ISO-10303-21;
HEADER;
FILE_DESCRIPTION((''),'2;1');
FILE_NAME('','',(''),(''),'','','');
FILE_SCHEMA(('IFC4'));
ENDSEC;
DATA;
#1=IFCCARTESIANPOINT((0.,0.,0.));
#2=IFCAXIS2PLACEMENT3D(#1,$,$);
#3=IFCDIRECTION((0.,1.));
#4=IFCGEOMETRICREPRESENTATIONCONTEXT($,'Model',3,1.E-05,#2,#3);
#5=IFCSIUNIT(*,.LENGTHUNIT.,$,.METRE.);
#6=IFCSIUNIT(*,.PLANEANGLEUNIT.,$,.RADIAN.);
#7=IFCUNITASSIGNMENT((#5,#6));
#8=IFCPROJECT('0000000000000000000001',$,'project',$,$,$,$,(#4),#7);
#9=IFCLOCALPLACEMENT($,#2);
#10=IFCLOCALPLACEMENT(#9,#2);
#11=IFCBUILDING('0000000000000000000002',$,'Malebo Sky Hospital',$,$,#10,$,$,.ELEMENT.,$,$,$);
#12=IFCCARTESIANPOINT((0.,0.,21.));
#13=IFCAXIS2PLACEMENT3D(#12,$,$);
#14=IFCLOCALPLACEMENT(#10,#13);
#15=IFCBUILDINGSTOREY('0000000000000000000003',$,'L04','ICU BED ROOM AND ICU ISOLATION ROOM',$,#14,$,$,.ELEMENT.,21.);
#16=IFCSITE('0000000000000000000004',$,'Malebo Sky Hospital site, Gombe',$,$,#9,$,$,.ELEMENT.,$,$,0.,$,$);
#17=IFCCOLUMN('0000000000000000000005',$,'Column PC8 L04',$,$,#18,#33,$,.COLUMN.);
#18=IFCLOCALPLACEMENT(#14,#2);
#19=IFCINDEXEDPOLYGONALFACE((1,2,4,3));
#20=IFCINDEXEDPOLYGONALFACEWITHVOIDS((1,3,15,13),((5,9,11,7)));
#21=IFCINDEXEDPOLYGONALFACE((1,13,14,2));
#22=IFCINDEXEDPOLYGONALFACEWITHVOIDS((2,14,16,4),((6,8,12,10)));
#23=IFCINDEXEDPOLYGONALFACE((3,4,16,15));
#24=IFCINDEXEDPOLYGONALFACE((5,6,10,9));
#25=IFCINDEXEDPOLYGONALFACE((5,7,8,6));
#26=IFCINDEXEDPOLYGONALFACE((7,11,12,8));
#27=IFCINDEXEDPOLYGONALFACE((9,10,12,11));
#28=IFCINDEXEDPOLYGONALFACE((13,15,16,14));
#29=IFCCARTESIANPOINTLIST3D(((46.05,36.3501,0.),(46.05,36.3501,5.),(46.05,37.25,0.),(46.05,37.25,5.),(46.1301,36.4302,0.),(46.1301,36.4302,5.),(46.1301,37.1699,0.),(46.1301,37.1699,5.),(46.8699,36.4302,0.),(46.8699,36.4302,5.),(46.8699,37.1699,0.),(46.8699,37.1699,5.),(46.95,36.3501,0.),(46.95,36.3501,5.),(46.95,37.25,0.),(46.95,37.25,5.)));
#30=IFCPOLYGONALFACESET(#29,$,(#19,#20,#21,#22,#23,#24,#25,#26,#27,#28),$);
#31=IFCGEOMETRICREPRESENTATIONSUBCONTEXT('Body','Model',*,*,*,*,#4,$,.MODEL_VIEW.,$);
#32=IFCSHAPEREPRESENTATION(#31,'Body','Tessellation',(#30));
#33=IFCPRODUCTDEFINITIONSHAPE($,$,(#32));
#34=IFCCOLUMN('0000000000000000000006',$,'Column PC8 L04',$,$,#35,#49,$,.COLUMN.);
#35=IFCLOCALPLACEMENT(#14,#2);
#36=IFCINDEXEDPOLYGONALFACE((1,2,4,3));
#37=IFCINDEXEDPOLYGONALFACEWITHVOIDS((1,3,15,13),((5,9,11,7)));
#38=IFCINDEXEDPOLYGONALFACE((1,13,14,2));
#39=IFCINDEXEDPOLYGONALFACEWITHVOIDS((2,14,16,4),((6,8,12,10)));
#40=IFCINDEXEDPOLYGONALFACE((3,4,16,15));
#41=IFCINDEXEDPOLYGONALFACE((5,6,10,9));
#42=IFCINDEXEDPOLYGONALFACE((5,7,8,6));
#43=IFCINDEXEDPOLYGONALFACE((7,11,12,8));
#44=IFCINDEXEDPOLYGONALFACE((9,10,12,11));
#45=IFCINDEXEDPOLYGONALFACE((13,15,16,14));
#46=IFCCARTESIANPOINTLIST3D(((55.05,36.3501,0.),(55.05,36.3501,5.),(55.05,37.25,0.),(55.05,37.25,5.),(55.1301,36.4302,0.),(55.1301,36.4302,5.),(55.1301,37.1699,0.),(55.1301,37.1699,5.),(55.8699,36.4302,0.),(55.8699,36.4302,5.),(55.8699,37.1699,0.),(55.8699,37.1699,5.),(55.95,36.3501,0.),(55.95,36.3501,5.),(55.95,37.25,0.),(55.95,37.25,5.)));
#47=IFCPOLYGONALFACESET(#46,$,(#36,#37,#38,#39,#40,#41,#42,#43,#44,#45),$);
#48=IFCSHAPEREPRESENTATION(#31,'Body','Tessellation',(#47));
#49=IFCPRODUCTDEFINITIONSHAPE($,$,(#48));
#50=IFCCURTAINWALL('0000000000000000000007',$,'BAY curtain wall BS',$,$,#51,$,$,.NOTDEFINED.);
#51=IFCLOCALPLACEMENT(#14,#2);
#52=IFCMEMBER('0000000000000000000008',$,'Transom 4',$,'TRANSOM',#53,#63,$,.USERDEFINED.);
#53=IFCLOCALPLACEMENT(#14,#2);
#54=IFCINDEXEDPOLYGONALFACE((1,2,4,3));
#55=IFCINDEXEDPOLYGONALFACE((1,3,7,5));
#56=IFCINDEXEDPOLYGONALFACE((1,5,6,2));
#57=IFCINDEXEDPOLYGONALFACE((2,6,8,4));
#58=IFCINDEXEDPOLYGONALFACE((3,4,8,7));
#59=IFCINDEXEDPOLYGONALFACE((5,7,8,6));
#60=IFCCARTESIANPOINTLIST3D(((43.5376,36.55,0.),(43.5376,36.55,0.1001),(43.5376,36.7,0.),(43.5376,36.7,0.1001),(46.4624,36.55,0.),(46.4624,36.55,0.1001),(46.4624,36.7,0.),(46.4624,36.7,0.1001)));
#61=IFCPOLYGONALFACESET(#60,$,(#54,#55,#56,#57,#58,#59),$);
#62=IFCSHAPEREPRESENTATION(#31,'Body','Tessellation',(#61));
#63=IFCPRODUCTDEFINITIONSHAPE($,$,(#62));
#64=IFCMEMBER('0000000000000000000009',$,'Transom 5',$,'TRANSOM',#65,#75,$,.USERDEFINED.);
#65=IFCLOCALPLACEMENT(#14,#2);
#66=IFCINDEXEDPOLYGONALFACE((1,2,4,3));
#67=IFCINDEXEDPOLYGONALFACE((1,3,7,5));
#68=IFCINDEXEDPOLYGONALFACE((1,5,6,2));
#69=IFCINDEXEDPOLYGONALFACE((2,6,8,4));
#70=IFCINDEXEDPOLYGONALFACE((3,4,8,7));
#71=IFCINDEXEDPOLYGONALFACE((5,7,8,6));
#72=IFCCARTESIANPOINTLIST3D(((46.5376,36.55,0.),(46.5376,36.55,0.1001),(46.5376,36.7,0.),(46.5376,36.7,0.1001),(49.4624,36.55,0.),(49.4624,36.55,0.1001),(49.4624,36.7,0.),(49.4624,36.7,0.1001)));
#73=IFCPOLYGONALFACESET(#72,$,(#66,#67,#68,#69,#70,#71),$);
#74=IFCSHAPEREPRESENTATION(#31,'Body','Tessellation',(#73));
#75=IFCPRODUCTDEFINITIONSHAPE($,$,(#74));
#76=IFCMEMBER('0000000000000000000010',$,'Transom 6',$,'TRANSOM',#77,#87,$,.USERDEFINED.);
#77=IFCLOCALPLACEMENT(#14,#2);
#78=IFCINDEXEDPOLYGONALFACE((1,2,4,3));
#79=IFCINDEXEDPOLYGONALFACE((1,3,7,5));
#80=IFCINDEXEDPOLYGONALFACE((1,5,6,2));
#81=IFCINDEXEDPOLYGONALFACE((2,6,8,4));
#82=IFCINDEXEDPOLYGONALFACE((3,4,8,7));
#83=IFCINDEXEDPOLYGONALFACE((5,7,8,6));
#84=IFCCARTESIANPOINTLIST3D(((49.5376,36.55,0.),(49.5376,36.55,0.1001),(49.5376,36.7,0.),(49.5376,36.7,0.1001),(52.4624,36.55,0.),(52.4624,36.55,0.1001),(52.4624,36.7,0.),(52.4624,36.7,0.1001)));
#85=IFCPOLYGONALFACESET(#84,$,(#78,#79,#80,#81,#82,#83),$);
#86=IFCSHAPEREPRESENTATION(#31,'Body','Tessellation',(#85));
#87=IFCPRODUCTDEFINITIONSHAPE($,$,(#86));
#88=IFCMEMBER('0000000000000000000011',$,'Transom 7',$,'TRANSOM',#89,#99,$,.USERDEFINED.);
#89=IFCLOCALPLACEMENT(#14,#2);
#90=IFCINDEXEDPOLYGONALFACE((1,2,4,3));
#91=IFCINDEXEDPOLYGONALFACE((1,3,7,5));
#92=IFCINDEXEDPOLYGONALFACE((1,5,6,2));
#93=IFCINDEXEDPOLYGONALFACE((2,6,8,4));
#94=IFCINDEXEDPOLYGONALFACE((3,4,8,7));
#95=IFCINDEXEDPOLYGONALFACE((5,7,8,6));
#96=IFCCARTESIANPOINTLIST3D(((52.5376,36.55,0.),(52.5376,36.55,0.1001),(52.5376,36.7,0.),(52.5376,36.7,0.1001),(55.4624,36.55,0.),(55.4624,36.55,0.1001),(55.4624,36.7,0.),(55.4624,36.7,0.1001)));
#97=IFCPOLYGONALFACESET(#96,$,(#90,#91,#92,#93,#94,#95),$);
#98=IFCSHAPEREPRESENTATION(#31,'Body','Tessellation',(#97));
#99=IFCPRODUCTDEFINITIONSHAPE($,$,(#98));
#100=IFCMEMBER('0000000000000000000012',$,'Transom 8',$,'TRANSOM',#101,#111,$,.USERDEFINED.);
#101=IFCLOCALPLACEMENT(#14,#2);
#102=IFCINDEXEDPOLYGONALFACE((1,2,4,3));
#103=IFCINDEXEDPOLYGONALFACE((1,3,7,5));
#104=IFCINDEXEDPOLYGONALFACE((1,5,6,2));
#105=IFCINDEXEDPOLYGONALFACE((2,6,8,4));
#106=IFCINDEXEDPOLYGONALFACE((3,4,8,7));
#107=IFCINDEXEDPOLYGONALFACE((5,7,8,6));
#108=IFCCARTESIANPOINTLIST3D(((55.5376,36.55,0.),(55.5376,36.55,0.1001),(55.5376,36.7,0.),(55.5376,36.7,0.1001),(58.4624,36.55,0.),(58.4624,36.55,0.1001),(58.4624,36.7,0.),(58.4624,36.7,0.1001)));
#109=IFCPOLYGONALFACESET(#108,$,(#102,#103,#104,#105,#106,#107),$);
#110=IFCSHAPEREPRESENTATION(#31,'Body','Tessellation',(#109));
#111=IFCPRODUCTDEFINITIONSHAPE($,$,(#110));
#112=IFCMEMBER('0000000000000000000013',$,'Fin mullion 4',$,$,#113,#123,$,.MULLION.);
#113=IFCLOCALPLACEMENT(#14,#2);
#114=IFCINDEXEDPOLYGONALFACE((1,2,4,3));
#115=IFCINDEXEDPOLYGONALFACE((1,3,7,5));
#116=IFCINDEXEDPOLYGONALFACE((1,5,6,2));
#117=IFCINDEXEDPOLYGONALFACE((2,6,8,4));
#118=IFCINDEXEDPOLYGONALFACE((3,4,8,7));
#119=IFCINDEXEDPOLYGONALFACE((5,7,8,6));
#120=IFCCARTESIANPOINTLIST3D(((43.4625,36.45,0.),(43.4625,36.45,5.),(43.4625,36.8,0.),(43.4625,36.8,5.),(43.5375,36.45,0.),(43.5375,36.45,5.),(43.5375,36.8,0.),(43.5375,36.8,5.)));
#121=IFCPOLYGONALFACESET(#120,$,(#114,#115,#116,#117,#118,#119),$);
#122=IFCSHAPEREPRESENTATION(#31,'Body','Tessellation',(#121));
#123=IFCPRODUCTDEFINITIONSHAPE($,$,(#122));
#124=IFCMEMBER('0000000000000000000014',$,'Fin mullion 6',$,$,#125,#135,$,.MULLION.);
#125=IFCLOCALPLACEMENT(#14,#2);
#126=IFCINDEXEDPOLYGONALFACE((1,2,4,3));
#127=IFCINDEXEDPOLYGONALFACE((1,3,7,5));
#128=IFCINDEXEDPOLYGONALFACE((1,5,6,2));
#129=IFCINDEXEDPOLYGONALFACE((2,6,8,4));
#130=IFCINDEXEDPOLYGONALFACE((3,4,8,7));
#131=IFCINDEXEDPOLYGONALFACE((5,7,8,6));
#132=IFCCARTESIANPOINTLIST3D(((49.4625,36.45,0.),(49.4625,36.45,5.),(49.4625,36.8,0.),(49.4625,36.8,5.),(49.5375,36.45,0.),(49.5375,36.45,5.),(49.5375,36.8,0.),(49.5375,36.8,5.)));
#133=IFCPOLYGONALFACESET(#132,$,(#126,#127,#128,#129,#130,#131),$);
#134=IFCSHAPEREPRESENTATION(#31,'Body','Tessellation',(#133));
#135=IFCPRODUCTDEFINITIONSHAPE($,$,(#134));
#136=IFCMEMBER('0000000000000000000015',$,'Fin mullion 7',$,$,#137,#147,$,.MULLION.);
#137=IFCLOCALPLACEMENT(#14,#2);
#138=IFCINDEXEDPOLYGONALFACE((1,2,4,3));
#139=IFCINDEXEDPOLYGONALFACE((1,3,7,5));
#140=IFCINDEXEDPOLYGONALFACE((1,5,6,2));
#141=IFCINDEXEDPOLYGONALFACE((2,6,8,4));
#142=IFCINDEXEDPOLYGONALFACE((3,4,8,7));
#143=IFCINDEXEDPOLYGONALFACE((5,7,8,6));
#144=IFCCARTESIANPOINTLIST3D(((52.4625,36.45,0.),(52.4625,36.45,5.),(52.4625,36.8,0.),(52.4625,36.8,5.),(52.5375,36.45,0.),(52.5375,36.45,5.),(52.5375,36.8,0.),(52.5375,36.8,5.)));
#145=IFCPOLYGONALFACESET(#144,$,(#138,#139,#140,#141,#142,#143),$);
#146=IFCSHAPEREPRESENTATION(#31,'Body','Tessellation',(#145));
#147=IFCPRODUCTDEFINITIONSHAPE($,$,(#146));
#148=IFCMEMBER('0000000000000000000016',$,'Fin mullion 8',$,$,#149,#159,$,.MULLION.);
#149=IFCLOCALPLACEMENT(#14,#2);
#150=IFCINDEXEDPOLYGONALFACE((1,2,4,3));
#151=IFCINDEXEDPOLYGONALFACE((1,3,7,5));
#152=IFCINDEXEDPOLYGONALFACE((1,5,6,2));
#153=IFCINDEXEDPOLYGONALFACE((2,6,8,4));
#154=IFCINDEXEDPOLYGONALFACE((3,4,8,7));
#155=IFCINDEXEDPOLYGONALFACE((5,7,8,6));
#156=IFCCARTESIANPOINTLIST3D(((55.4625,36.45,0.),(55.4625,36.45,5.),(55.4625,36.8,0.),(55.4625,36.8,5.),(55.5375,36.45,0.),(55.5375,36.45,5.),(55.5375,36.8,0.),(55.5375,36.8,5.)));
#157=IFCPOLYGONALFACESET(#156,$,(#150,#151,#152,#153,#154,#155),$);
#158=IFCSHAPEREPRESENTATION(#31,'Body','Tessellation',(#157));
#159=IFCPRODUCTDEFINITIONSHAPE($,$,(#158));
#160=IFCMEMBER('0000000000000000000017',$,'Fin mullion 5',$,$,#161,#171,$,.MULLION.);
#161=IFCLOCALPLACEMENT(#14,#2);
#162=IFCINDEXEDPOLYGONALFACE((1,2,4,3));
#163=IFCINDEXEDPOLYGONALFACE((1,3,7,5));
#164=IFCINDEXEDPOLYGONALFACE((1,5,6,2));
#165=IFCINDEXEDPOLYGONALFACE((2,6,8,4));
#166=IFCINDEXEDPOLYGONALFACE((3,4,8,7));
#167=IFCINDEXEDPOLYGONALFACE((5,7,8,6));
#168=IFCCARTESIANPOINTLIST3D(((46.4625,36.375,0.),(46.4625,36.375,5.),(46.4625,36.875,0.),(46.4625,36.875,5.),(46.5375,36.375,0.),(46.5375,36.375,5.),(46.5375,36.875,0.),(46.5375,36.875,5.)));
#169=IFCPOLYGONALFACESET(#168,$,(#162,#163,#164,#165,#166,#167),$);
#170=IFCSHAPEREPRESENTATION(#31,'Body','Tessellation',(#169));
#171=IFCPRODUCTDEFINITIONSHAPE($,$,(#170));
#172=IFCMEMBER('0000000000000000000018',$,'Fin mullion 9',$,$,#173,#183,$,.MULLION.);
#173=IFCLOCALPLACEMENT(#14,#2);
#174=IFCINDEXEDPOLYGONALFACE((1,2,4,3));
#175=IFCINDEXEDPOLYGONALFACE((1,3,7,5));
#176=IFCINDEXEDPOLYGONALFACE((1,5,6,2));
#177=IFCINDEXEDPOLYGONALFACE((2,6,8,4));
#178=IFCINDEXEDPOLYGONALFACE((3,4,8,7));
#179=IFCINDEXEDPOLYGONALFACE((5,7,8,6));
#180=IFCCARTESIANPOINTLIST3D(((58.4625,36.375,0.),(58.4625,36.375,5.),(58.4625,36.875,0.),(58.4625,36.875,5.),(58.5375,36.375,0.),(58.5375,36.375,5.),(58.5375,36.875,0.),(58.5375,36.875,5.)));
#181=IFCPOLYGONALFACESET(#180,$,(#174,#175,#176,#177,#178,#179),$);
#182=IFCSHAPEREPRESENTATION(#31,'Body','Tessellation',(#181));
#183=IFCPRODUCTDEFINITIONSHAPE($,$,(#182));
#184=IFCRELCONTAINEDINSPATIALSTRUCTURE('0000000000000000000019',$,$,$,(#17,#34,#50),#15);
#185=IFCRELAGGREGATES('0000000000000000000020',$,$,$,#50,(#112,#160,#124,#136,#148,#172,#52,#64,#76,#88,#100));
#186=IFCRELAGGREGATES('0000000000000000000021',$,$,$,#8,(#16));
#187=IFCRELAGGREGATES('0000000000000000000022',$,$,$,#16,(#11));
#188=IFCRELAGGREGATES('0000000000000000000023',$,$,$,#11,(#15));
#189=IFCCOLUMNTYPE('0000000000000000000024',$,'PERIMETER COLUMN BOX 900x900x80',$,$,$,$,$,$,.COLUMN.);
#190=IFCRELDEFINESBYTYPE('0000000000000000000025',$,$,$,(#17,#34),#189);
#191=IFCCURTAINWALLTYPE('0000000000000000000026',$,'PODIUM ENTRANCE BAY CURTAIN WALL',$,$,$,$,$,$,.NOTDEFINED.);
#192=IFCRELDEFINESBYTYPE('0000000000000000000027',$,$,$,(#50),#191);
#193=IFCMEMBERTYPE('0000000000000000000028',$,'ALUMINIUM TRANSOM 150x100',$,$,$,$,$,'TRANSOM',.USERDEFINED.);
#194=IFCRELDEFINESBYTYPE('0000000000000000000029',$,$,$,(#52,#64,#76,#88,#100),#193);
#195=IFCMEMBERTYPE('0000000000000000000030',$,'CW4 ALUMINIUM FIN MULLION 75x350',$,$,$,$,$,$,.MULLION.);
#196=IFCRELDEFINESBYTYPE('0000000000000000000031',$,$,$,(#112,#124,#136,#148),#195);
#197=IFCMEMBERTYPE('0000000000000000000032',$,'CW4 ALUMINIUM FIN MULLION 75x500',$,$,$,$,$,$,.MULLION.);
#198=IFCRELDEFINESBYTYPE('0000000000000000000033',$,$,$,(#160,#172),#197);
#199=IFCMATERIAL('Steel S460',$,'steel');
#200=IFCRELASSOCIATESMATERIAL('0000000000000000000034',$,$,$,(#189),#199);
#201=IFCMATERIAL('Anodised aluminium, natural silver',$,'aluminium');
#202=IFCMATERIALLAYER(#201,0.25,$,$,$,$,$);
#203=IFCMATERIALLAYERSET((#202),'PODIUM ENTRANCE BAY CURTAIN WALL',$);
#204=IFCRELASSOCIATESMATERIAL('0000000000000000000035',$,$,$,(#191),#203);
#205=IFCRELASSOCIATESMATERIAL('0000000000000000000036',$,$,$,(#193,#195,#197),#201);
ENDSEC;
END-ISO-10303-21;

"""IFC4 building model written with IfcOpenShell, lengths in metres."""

from ifc_helpers import new_model, si_unit, direction, frame, origin, origin_2d, place, context, subcontext, project, spatial, rectangle, hollow_rectangle, extrude, material, layer, layer_set, material_profile, profile_set, type_object, element, aggregate, save


model = new_model("IFC4")

# Units and contexts
model_context = context("Model", 3, precision=1e-05, world=origin(), true_north=direction((0.0, 1.0)))
body_context = subcontext(model_context, "Body", "Model", "MODEL_VIEW")
ifc_project = project(units=[si_unit("LENGTHUNIT", "METRE"), si_unit("PLANEANGLEUNIT", "RADIAN")], contexts=[model_context])

# Site, building, storey
site_placement = place(None, origin())
site = spatial("IfcSite", under=ifc_project, at=site_placement, Name="Malebo Sky Hospital site, Gombe", CompositionType="ELEMENT", RefElevation=0.0)
building_placement = place(site_placement, origin())
building = spatial("IfcBuilding", under=site, at=building_placement, Name="Malebo Sky Hospital", CompositionType="ELEMENT")
storey_placement = place(building_placement, frame((0.0, 0.0, 21.0)))
storey = spatial("IfcBuildingStorey", under=building, at=storey_placement, Name="L04", Description="ICU BED ROOM AND ICU ISOLATION ROOM", CompositionType="ELEMENT", Elevation=21.0)

# Columns
ifc_material_1 = material(Name="Steel S460", Category="steel")
ifc_material_profile_1 = material_profile(ifc_material_1, hollow_rectangle(XDim=0.8999, YDim=0.8999, WallThickness=0.0801, at=origin_2d()), Name="BOX 900x900x80")
ifc_profile_set_1 = profile_set([ifc_material_profile_1], Name="Steel S460")
column_type = type_object("IfcColumnType", Name="PERIMETER COLUMN BOX 900x900x80", PredefinedType="COLUMN", material=ifc_profile_set_1)
for number, where, z_axis, x_axis, name in (
    (1, (46.5, 36.8, 0.0), (0.0, 0.0, 1.0), (1.0, 0.0, 0.0), "Column PC8 L04"),
    (2, (55.5, 36.8, 0.0), (0.0, 0.0, 1.0), (1.0, 0.0, 0.0), "Column PC8 L04"),
):
    element("IfcColumn", number, at=place(storey_placement, frame(where, z_axis=z_axis, x_axis=x_axis)), inside=storey, type_object=column_type, Name=name, PredefinedType="COLUMN", context=body_context, shape_type="SweptSolid", body=[
        extrude(hollow_rectangle(XDim=0.8999, YDim=0.8999, WallThickness=0.0801, at=origin_2d()), origin(), (0.0, 0.0, 1.0), 5.0),
    ])

# Curtain wall, members
ifc_material_2 = material(Name="Anodised aluminium, natural silver", Category="aluminium")
ifc_layer_1 = layer(ifc_material_2, 0.25)
ifc_layer_set_1 = layer_set([ifc_layer_1], Name="PODIUM ENTRANCE BAY CURTAIN WALL")
curtain_wall_type = type_object("IfcCurtainWallType", Name="PODIUM ENTRANCE BAY CURTAIN WALL", PredefinedType="NOTDEFINED", material=ifc_layer_set_1)
curtain_wall_placement = place(storey_placement, origin())
curtain_wall = element("IfcCurtainWall", 3, at=curtain_wall_placement, inside=storey, type_object=curtain_wall_type, Name="BAY curtain wall BS", PredefinedType="NOTDEFINED")
ifc_material_profile_2 = material_profile(ifc_material_2, rectangle(XDim=0.1499, YDim=0.1001, at=origin_2d()), Name="ALUMINIUM TRANSOM 150x100")
ifc_profile_set_2 = profile_set([ifc_material_profile_2], Name="Anodised aluminium, natural silver")
member_type_1 = type_object("IfcMemberType", Name="ALUMINIUM TRANSOM 150x100", ElementType="TRANSOM", PredefinedType="USERDEFINED", material=ifc_profile_set_2)
member_1_placement = place(storey_placement, frame((43.5376, 36.625, 0.05), z_axis=(1.0, 0.0, 0.0), x_axis=(0.0, 1.0, 0.0)))
member_1 = element("IfcMember", 4, at=member_1_placement, type_object=member_type_1, Name="Transom 4", ObjectType="TRANSOM", PredefinedType="USERDEFINED", context=body_context, shape_type="SweptSolid", body=[
    extrude(rectangle(XDim=0.1499, YDim=0.1001, at=origin_2d()), origin(), (0.0, 0.0, 1.0), 2.9248),
])
member_2_placement = place(storey_placement, frame((46.5376, 36.625, 0.05), z_axis=(1.0, 0.0, 0.0), x_axis=(0.0, 1.0, 0.0)))
member_2 = element("IfcMember", 5, at=member_2_placement, type_object=member_type_1, Name="Transom 5", ObjectType="TRANSOM", PredefinedType="USERDEFINED", context=body_context, shape_type="SweptSolid", body=[
    extrude(rectangle(XDim=0.1499, YDim=0.1001, at=origin_2d()), origin(), (0.0, 0.0, 1.0), 2.9248),
])
member_3_placement = place(storey_placement, frame((49.5376, 36.625, 0.05), z_axis=(1.0, 0.0, 0.0), x_axis=(0.0, 1.0, 0.0)))
member_3 = element("IfcMember", 6, at=member_3_placement, type_object=member_type_1, Name="Transom 6", ObjectType="TRANSOM", PredefinedType="USERDEFINED", context=body_context, shape_type="SweptSolid", body=[
    extrude(rectangle(XDim=0.1499, YDim=0.1001, at=origin_2d()), origin(), (0.0, 0.0, 1.0), 2.9248),
])
member_4_placement = place(storey_placement, frame((52.5376, 36.625, 0.05), z_axis=(1.0, 0.0, 0.0), x_axis=(0.0, 1.0, 0.0)))
member_4 = element("IfcMember", 7, at=member_4_placement, type_object=member_type_1, Name="Transom 7", ObjectType="TRANSOM", PredefinedType="USERDEFINED", context=body_context, shape_type="SweptSolid", body=[
    extrude(rectangle(XDim=0.1499, YDim=0.1001, at=origin_2d()), origin(), (0.0, 0.0, 1.0), 2.9248),
])
member_5_placement = place(storey_placement, frame((55.5376, 36.625, 0.05), z_axis=(1.0, 0.0, 0.0), x_axis=(0.0, 1.0, 0.0)))
member_5 = element("IfcMember", 8, at=member_5_placement, type_object=member_type_1, Name="Transom 8", ObjectType="TRANSOM", PredefinedType="USERDEFINED", context=body_context, shape_type="SweptSolid", body=[
    extrude(rectangle(XDim=0.1499, YDim=0.1001, at=origin_2d()), origin(), (0.0, 0.0, 1.0), 2.9248),
])
ifc_material_profile_3 = material_profile(ifc_material_2, rectangle(XDim=0.075, YDim=0.3501, at=origin_2d()), Name="CW4 ALUMINIUM FIN MULLION 75x350")
ifc_profile_set_3 = profile_set([ifc_material_profile_3], Name="Anodised aluminium, natural silver")
member_type_2 = type_object("IfcMemberType", Name="CW4 ALUMINIUM FIN MULLION 75x350", PredefinedType="MULLION", material=ifc_profile_set_3)
member_6_placement = place(storey_placement, frame((43.5, 36.625, 0.0), z_axis=(0.0, 0.0, 1.0), x_axis=(1.0, 0.0, 0.0)))
member_6 = element("IfcMember", 9, at=member_6_placement, type_object=member_type_2, Name="Fin mullion 4", PredefinedType="MULLION", context=body_context, shape_type="SweptSolid", body=[
    extrude(rectangle(XDim=0.075, YDim=0.3501, at=origin_2d()), origin(), (0.0, 0.0, 1.0), 5.0),
])
member_7_placement = place(storey_placement, frame((49.5, 36.625, 0.0), z_axis=(0.0, 0.0, 1.0), x_axis=(1.0, 0.0, 0.0)))
member_7 = element("IfcMember", 10, at=member_7_placement, type_object=member_type_2, Name="Fin mullion 6", PredefinedType="MULLION", context=body_context, shape_type="SweptSolid", body=[
    extrude(rectangle(XDim=0.075, YDim=0.3501, at=origin_2d()), origin(), (0.0, 0.0, 1.0), 5.0),
])
member_8_placement = place(storey_placement, frame((52.5, 36.625, 0.0), z_axis=(0.0, 0.0, 1.0), x_axis=(1.0, 0.0, 0.0)))
member_8 = element("IfcMember", 11, at=member_8_placement, type_object=member_type_2, Name="Fin mullion 7", PredefinedType="MULLION", context=body_context, shape_type="SweptSolid", body=[
    extrude(rectangle(XDim=0.075, YDim=0.3501, at=origin_2d()), origin(), (0.0, 0.0, 1.0), 5.0),
])
member_9_placement = place(storey_placement, frame((55.5, 36.625, 0.0), z_axis=(0.0, 0.0, 1.0), x_axis=(1.0, 0.0, 0.0)))
member_9 = element("IfcMember", 12, at=member_9_placement, type_object=member_type_2, Name="Fin mullion 8", PredefinedType="MULLION", context=body_context, shape_type="SweptSolid", body=[
    extrude(rectangle(XDim=0.075, YDim=0.3501, at=origin_2d()), origin(), (0.0, 0.0, 1.0), 5.0),
])
ifc_material_profile_4 = material_profile(ifc_material_2, rectangle(XDim=0.075, YDim=0.5, at=origin_2d()), Name="CW4 ALUMINIUM FIN MULLION 75x500")
ifc_profile_set_4 = profile_set([ifc_material_profile_4], Name="Anodised aluminium, natural silver")
member_type_3 = type_object("IfcMemberType", Name="CW4 ALUMINIUM FIN MULLION 75x500", PredefinedType="MULLION", material=ifc_profile_set_4)
member_10_placement = place(storey_placement, frame((46.5, 36.625, 0.0), z_axis=(0.0, 0.0, 1.0), x_axis=(1.0, 0.0, 0.0)))
member_10 = element("IfcMember", 13, at=member_10_placement, type_object=member_type_3, Name="Fin mullion 5", PredefinedType="MULLION", context=body_context, shape_type="SweptSolid", body=[
    extrude(rectangle(XDim=0.075, YDim=0.5, at=origin_2d()), origin(), (0.0, 0.0, 1.0), 5.0),
])
member_11_placement = place(storey_placement, frame((58.5, 36.625, 0.0), z_axis=(0.0, 0.0, 1.0), x_axis=(1.0, 0.0, 0.0)))
member_11 = element("IfcMember", 14, at=member_11_placement, type_object=member_type_3, Name="Fin mullion 9", PredefinedType="MULLION", context=body_context, shape_type="SweptSolid", body=[
    extrude(rectangle(XDim=0.075, YDim=0.5, at=origin_2d()), origin(), (0.0, 0.0, 1.0), 5.0),
])

aggregate(curtain_wall, [member_6, member_10, member_7, member_8, member_9, member_11, member_1, member_2, member_3, member_4, member_5])

save(model, "model.ifc")
